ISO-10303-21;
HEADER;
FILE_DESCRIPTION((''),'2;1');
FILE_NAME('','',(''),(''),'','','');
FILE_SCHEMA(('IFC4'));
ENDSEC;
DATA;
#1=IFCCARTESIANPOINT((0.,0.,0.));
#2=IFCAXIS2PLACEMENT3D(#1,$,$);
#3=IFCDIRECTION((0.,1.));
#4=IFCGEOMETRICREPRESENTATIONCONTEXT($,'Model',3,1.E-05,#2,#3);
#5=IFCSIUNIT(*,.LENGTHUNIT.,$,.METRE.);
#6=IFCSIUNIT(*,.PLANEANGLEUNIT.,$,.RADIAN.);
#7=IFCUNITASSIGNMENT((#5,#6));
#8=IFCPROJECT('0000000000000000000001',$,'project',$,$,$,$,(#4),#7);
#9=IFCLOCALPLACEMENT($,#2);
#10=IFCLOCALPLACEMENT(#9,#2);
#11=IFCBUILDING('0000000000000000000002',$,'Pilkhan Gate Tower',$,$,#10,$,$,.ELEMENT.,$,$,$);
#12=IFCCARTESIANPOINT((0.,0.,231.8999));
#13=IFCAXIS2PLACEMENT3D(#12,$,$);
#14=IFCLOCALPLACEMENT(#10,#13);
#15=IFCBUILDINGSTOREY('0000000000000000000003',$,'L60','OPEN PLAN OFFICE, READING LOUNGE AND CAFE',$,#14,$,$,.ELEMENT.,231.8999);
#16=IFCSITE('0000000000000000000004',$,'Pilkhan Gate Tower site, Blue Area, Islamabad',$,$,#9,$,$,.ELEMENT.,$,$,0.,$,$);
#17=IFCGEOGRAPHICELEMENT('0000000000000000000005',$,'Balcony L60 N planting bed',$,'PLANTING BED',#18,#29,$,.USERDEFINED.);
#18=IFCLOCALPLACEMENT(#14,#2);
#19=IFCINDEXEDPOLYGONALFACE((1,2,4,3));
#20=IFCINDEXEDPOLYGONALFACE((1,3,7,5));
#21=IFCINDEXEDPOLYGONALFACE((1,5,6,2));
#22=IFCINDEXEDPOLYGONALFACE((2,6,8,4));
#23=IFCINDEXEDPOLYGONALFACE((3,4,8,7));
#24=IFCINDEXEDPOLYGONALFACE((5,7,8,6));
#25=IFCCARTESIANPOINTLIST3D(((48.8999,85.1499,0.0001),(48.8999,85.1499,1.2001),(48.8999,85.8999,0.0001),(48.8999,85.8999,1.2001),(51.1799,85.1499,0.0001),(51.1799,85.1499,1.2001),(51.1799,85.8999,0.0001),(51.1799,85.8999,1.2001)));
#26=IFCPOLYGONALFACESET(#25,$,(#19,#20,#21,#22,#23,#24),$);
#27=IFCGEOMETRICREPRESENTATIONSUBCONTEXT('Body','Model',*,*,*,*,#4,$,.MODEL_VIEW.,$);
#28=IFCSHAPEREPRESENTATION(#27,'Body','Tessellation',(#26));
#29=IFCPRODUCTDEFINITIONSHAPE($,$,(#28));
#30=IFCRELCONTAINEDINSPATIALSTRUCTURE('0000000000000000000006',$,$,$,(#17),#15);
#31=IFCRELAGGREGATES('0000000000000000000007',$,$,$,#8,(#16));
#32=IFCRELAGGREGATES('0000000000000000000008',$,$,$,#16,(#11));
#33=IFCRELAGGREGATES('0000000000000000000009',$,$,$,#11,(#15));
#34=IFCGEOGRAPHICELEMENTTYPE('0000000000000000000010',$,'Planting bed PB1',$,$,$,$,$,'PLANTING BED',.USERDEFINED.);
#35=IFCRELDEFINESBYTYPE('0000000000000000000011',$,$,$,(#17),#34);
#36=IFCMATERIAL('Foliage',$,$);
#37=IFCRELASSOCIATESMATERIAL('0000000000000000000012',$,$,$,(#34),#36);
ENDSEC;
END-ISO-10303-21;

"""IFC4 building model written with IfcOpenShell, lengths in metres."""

from ifc_helpers import new_model, si_unit, direction, frame, origin, origin_2d, place, context, subcontext, project, spatial, rectangle, extrude, material, material_profile, profile_set, type_object, element, save


model = new_model("IFC4")

# Units and contexts
model_context = context("Model", 3, precision=1e-05, world=origin(), true_north=direction((0.0, 1.0)))
body_context = subcontext(model_context, "Body", "Model", "MODEL_VIEW")
ifc_project = project(units=[si_unit("LENGTHUNIT", "METRE"), si_unit("PLANEANGLEUNIT", "RADIAN")], contexts=[model_context])

# Site, building, storey
site_placement = place(None, origin())
site = spatial("IfcSite", under=ifc_project, at=site_placement, Name="Pilkhan Gate Tower site, Blue Area, Islamabad", CompositionType="ELEMENT", RefElevation=0.0)
building_placement = place(site_placement, origin())
building = spatial("IfcBuilding", under=site, at=building_placement, Name="Pilkhan Gate Tower", CompositionType="ELEMENT")
storey_placement = place(building_placement, frame((0.0, 0.0, 231.8999)))
storey = spatial("IfcBuildingStorey", under=building, at=storey_placement, Name="L60", Description="OPEN PLAN OFFICE, READING LOUNGE AND CAFE", CompositionType="ELEMENT", Elevation=231.8999)

# Geographic element
ifc_material_1 = material(Name="Foliage")
ifc_material_profile_1 = material_profile(ifc_material_1, rectangle(XDim=0.75, YDim=1.2, at=origin_2d()), Name="Bed 750x1200")
ifc_profile_set_1 = profile_set([ifc_material_profile_1], Name="Foliage")
geographic_element_type = type_object("IfcGeographicElementType", Name="Planting bed PB1", ElementType="PLANTING BED", PredefinedType="USERDEFINED", material=ifc_profile_set_1)
geographic_element_placement = place(storey_placement, frame((48.8999, 85.5249, 0.6001), z_axis=(1.0, 0.0, 0.0), x_axis=(0.0, 1.0, 0.0)))
element("IfcGeographicElement", 1, at=geographic_element_placement, inside=storey, type_object=geographic_element_type, Name="Balcony L60 N planting bed", ObjectType="PLANTING BED", PredefinedType="USERDEFINED", context=body_context, shape_type="SweptSolid", body=[
    extrude(rectangle(XDim=0.75, YDim=1.2, at=origin_2d()), origin(), (0.0, 0.0, 1.0), 2.28),
])

save(model, "model.ifc")
